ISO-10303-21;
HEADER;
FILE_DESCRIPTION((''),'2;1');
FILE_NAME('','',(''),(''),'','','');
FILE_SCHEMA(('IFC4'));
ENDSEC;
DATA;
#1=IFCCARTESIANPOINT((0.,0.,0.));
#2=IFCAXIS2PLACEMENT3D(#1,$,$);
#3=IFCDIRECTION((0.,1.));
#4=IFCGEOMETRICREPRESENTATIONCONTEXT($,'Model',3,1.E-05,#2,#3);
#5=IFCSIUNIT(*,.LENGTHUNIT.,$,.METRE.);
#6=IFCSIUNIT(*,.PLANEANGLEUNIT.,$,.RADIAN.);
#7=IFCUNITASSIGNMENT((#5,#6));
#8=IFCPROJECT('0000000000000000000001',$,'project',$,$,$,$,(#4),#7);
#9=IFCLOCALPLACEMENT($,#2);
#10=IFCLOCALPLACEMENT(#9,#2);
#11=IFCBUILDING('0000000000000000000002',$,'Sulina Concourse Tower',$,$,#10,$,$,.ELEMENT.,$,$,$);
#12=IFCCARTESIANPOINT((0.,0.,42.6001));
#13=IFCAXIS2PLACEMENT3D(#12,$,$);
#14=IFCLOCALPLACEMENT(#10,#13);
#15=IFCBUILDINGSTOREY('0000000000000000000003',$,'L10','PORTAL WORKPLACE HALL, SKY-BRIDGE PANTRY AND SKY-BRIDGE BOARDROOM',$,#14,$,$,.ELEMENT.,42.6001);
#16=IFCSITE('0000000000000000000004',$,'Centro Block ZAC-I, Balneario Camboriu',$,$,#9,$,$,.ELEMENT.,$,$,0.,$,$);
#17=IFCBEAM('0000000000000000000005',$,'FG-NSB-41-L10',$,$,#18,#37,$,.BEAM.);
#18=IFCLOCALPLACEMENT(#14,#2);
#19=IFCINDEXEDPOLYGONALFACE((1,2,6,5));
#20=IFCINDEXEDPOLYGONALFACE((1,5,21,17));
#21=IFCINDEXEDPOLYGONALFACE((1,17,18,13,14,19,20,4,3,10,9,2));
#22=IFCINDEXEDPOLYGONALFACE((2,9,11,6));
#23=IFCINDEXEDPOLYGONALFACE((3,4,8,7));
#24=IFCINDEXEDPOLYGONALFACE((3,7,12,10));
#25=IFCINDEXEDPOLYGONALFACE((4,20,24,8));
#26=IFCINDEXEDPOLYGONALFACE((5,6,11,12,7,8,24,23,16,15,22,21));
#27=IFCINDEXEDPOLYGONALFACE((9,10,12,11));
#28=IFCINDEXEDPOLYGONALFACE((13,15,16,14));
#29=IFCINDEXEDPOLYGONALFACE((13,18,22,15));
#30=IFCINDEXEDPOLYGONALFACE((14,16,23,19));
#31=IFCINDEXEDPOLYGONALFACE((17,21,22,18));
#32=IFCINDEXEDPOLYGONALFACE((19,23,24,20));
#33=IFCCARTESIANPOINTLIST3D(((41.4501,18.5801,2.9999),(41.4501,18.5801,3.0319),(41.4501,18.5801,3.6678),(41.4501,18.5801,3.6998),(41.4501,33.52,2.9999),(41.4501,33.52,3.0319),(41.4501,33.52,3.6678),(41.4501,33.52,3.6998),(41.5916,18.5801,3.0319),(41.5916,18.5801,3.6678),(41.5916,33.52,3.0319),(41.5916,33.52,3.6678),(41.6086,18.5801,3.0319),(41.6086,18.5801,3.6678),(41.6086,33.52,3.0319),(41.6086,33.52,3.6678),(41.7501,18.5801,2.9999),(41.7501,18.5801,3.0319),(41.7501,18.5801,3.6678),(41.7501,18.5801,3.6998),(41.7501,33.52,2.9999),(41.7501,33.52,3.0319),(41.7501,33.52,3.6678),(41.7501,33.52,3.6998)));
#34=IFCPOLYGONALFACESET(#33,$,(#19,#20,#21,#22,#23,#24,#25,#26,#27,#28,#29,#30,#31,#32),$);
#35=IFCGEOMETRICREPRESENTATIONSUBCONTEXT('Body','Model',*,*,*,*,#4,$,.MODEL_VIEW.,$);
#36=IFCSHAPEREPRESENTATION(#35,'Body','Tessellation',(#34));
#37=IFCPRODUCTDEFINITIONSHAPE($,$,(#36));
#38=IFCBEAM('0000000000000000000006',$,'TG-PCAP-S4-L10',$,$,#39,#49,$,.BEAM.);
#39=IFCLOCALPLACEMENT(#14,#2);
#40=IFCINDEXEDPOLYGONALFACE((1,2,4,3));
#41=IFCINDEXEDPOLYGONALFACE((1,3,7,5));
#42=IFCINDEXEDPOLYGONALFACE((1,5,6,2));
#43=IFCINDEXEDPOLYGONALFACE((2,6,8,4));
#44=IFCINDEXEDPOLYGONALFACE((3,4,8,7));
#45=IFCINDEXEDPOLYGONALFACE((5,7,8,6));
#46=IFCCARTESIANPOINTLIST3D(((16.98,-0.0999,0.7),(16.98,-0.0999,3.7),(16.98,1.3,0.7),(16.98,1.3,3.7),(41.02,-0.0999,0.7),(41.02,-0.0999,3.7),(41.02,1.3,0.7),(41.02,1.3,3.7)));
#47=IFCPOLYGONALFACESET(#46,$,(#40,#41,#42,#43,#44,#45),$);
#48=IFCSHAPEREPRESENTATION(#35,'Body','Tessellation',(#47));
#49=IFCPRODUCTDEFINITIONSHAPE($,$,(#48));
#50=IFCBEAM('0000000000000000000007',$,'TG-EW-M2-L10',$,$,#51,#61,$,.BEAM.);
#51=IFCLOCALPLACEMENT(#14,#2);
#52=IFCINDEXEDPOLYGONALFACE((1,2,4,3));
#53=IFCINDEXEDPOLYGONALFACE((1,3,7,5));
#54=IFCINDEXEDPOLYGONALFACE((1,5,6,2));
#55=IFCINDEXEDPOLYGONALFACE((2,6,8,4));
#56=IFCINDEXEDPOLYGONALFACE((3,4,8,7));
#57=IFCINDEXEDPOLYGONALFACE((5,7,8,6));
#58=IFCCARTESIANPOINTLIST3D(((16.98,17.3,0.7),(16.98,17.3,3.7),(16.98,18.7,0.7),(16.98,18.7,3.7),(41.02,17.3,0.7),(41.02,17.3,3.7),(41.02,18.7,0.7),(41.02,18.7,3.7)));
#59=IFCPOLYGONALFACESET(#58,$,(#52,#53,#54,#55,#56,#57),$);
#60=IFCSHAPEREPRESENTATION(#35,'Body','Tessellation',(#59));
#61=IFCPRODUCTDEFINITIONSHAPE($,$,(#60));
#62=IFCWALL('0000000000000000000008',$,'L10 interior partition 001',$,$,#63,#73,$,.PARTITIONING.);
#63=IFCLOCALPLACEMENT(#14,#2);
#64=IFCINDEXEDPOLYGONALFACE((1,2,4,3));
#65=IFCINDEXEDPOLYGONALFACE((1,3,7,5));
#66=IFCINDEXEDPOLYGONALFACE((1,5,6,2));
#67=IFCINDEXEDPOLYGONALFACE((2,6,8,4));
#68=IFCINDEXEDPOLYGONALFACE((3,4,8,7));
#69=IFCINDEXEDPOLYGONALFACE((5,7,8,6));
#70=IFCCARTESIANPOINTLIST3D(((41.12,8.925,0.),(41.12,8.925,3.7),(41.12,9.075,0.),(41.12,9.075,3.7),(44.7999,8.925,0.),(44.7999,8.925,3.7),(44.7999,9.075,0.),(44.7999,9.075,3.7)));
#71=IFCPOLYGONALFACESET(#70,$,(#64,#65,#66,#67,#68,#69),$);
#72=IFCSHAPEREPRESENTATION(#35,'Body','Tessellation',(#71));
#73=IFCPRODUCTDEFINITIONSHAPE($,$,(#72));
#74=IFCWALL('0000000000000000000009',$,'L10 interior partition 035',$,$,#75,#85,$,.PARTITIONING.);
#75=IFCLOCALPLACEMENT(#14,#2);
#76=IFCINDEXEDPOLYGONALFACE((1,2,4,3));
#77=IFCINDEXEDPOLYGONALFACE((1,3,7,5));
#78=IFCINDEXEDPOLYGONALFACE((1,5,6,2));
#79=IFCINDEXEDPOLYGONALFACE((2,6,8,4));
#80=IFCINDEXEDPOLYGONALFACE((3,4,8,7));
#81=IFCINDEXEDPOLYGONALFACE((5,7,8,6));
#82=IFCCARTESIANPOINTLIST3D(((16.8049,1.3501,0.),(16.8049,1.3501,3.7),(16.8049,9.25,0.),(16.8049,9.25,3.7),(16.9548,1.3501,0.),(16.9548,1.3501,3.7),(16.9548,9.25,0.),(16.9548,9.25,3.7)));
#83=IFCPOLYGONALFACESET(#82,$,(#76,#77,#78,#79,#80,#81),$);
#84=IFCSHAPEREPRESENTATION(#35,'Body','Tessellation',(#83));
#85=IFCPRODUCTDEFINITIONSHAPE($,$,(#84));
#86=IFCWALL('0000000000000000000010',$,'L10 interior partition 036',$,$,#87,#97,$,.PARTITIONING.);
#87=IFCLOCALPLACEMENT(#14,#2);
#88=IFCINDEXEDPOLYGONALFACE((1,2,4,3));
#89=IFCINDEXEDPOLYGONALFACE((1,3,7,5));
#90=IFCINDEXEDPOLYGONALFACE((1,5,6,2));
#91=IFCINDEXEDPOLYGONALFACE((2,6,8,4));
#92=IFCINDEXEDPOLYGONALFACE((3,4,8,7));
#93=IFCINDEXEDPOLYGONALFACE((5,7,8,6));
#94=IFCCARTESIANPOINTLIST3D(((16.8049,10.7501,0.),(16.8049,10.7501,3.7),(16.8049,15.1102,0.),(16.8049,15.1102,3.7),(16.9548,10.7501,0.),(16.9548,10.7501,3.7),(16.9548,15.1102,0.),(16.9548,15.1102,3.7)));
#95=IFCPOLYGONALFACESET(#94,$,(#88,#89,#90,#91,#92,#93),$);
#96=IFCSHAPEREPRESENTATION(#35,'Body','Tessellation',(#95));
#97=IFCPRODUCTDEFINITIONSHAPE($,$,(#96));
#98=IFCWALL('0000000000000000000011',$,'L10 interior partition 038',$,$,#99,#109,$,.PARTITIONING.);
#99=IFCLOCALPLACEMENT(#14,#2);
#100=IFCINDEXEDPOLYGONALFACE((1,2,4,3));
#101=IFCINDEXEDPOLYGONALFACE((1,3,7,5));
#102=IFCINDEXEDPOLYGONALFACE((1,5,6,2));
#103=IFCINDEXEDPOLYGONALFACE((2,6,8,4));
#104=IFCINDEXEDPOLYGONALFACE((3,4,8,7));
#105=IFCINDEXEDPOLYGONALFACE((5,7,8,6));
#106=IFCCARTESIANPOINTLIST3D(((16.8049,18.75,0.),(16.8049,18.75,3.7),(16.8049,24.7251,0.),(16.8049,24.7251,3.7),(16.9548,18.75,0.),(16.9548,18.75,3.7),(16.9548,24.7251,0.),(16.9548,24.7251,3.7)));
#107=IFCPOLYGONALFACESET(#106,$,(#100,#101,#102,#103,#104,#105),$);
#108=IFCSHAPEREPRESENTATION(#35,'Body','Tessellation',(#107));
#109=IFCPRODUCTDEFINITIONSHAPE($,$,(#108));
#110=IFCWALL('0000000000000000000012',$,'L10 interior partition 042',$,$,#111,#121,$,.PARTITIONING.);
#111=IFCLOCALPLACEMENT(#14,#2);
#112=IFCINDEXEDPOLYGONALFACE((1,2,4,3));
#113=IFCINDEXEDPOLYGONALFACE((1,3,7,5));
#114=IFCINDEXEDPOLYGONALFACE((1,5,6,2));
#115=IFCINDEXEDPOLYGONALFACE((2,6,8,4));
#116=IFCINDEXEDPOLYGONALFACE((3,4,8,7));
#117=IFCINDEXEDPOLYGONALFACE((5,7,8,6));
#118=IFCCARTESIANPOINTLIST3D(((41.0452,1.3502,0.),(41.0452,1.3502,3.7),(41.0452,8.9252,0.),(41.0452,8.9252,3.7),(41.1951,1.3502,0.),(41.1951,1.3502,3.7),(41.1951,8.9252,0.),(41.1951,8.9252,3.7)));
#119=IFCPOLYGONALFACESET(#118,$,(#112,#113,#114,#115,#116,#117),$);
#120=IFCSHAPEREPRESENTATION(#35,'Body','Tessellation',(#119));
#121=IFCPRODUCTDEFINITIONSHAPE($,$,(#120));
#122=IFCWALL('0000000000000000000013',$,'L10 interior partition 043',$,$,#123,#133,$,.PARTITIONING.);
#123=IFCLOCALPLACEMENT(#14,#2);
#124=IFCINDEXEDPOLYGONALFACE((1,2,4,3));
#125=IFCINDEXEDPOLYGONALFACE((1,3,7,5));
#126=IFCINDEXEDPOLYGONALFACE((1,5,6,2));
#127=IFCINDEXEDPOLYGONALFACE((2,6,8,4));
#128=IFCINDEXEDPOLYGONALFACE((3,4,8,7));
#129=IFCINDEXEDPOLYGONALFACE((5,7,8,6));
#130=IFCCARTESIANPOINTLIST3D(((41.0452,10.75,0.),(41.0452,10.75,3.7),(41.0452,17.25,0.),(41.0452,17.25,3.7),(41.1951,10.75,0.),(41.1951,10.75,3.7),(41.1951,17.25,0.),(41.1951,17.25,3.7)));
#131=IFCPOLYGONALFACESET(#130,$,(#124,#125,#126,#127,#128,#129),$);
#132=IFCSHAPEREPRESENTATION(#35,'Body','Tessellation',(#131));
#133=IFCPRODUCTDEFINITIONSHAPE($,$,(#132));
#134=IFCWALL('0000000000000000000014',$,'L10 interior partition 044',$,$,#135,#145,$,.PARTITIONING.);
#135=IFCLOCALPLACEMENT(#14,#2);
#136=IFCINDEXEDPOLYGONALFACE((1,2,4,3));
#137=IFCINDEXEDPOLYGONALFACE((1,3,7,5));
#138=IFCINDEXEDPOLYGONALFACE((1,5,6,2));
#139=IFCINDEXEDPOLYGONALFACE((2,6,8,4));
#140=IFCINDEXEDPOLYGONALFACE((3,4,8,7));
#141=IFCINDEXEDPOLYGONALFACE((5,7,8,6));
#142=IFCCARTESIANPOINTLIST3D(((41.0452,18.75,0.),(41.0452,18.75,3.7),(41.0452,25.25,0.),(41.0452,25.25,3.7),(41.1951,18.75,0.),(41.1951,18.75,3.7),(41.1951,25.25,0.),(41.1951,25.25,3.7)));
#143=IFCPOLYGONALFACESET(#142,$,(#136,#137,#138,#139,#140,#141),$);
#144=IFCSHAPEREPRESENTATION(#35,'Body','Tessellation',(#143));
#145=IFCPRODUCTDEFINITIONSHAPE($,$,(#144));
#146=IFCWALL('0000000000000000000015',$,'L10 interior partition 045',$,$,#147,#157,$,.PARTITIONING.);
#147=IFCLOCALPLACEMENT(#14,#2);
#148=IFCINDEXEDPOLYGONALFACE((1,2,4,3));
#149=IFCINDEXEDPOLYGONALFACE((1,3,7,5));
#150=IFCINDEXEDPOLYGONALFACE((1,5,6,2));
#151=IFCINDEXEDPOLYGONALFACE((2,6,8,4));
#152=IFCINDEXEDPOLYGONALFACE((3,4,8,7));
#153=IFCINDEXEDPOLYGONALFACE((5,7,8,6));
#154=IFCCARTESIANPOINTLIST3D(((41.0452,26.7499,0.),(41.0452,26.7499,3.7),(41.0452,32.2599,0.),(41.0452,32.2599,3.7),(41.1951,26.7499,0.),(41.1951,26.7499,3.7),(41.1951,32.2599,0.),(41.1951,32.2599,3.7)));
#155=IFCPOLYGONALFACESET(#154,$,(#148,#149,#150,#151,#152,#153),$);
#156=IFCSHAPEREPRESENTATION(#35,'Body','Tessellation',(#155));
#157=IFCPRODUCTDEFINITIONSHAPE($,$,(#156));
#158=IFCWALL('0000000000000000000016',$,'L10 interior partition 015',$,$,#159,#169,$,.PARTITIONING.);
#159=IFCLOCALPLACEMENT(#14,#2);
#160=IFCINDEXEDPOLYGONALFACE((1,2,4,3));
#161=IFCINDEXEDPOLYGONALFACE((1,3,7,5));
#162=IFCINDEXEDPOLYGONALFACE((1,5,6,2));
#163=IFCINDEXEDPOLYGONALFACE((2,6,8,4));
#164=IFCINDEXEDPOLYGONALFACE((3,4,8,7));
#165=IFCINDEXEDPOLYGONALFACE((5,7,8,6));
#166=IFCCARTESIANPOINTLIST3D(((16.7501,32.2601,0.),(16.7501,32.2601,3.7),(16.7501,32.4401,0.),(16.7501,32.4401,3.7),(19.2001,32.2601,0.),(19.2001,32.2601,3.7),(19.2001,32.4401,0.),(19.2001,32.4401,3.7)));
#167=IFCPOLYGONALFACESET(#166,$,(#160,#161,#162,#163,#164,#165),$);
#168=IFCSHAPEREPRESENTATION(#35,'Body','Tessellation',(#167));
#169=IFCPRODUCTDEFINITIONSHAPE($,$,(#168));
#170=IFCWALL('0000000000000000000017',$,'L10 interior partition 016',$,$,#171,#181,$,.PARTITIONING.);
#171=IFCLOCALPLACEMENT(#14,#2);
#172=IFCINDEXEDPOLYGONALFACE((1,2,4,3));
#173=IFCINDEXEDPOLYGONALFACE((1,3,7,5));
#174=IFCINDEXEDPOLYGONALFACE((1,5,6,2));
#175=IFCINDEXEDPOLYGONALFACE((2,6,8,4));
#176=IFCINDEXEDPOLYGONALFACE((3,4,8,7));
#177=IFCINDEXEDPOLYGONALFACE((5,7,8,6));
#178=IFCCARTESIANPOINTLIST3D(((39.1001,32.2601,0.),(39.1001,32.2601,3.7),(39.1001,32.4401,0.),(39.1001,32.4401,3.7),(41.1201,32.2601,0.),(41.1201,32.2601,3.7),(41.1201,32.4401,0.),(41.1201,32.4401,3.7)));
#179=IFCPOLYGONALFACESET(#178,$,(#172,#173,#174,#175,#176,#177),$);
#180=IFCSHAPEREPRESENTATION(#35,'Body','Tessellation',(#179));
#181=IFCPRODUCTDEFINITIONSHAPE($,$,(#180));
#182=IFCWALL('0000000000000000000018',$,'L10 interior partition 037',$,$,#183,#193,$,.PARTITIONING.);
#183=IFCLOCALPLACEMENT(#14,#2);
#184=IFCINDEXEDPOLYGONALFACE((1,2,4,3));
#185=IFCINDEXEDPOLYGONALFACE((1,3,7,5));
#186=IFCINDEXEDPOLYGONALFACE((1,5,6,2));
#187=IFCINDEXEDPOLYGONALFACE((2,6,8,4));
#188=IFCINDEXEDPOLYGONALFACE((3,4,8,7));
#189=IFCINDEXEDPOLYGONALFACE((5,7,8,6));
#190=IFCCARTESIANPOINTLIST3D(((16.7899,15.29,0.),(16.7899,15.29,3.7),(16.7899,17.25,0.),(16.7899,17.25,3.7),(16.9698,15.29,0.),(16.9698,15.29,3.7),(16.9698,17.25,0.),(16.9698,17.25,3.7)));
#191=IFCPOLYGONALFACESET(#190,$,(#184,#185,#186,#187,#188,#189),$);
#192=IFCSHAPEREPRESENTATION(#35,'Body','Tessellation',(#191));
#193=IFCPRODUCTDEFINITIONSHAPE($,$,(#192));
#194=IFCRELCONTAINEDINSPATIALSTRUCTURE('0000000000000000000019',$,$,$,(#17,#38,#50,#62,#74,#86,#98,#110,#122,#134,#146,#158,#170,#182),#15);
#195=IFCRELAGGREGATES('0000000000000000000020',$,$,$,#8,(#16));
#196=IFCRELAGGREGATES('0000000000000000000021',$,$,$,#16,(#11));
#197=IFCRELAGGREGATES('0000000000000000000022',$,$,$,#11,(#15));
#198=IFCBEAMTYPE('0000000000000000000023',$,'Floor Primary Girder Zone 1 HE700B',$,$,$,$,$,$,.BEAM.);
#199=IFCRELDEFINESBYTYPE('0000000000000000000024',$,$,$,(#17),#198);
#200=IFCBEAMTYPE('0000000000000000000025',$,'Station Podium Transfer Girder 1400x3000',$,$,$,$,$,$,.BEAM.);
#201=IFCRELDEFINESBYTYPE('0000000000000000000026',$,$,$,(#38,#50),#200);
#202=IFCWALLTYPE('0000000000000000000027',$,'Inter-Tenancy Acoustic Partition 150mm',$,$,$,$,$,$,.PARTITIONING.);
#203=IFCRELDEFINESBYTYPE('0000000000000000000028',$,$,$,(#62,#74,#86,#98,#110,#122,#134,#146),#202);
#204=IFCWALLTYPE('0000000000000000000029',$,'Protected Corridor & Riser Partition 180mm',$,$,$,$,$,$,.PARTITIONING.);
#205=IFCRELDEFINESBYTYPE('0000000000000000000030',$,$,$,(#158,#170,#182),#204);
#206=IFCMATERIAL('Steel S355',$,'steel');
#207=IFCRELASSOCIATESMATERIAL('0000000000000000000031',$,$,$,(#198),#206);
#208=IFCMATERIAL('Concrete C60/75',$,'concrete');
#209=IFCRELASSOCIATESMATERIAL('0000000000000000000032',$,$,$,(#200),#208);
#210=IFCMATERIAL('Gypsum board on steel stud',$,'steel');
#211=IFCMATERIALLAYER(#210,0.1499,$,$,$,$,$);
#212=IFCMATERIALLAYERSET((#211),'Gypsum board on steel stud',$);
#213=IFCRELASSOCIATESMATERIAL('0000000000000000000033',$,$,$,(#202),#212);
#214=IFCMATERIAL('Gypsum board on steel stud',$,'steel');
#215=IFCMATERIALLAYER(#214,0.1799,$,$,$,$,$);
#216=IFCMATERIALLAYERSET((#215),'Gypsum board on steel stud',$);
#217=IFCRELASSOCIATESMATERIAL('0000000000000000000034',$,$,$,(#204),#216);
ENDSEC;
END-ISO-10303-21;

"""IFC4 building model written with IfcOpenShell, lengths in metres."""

from ifc_helpers import new_model, si_unit, direction, frame, frame_2d, origin, origin_2d, place, context, subcontext, project, spatial, rectangle, i_section, extrude, material, layer, layer_set, material_profile, profile_set, type_object, element, save


model = new_model("IFC4")

# Units and contexts
model_context = context("Model", 3, precision=1e-05, world=origin(), true_north=direction((0.0, 1.0)))
body_context = subcontext(model_context, "Body", "Model", "MODEL_VIEW")
ifc_project = project(units=[si_unit("LENGTHUNIT", "METRE"), si_unit("PLANEANGLEUNIT", "RADIAN")], contexts=[model_context])

# Site, building, storey
site_placement = place(None, origin())
site = spatial("IfcSite", under=ifc_project, at=site_placement, Name="Centro Block ZAC-I, Balneario Camboriu", CompositionType="ELEMENT", RefElevation=0.0)
building_placement = place(site_placement, origin())
building = spatial("IfcBuilding", under=site, at=building_placement, Name="Sulina Concourse Tower", CompositionType="ELEMENT")
storey_placement = place(building_placement, frame((0.0, 0.0, 42.6001)))
storey = spatial("IfcBuildingStorey", under=building, at=storey_placement, Name="L10", Description="PORTAL WORKPLACE HALL, SKY-BRIDGE PANTRY AND SKY-BRIDGE BOARDROOM", CompositionType="ELEMENT", Elevation=42.6001)

# Beams
ifc_material_1 = material(Name="Steel S355", Category="steel")
ifc_material_profile_1 = material_profile(ifc_material_1, i_section(OverallWidth=0.3, OverallDepth=0.7, WebThickness=0.0171, FlangeThickness=0.032, at=origin_2d()), Name="HE 700 B")
ifc_profile_set_1 = profile_set([ifc_material_profile_1], Name="Steel S355")
beam_type_1 = type_object("IfcBeamType", Name="Floor Primary Girder Zone 1 HE700B", PredefinedType="BEAM", material=ifc_profile_set_1)
beam_1_placement = place(storey_placement, frame((41.6001, 18.5801, 3.3499), z_axis=(0.0, 1.0, 0.0), x_axis=(-1.0, 0.0, 0.0)))
element("IfcBeam", 1, at=beam_1_placement, inside=storey, type_object=beam_type_1, Name="FG-NSB-41-L10", PredefinedType="BEAM", context=body_context, shape_type="SweptSolid", body=[
    extrude(i_section(OverallWidth=0.3, OverallDepth=0.7, WebThickness=0.0171, FlangeThickness=0.032, at=origin_2d()), origin(), (0.0, 0.0, 1.0), 14.9399),
])
ifc_material_2 = material(Name="Concrete C60/75", Category="concrete")
ifc_material_profile_2 = material_profile(ifc_material_2, rectangle(XDim=1.3999, YDim=3.0, at=origin_2d()), Name="RC 1400x3000")
ifc_profile_set_2 = profile_set([ifc_material_profile_2], Name="Concrete C60/75")
beam_type_2 = type_object("IfcBeamType", Name="Station Podium Transfer Girder 1400x3000", PredefinedType="BEAM", material=ifc_profile_set_2)
for number, where, z_axis, x_axis, name in (
    (2, (16.98, 0.6001, 2.2), (1.0, 0.0, 0.0), (0.0, 1.0, 0.0), "TG-PCAP-S4-L10"),
    (3, (16.98, 18.0, 2.2), (1.0, 0.0, 0.0), (0.0, 1.0, 0.0), "TG-EW-M2-L10"),
):
    element("IfcBeam", number, at=place(storey_placement, frame(where, z_axis=z_axis, x_axis=x_axis)), inside=storey, type_object=beam_type_2, Name=name, PredefinedType="BEAM", context=body_context, shape_type="SweptSolid", body=[
        extrude(rectangle(XDim=1.3999, YDim=3.0, at=origin_2d()), origin(), (0.0, 0.0, 1.0), 24.04),
    ])

# Walls
ifc_material_3 = material(Name="Gypsum board on steel stud", Category="steel")
ifc_layer_1 = layer(ifc_material_3, 0.1499)
ifc_layer_set_1 = layer_set([ifc_layer_1], Name="Gypsum board on steel stud")
wall_type_1 = type_object("IfcWallType", Name="Inter-Tenancy Acoustic Partition 150mm", PredefinedType="PARTITIONING", material=ifc_layer_set_1)
wall_1_placement = place(storey_placement, frame((41.1201, 9.0, 0.0), z_axis=(0.0, 0.0, 1.0), x_axis=(1.0, 0.0, 0.0)))
element("IfcWall", 4, at=wall_1_placement, inside=storey, type_object=wall_type_1, Name="L10 interior partition 001", PredefinedType="PARTITIONING", context=body_context, shape_type="SweptSolid", body=[
    extrude(rectangle(XDim=3.6799, YDim=0.1499, at=frame_2d((1.8398, 0.0))), origin(), (0.0, 0.0, 1.0), 3.7),
])
wall_2_placement = place(storey_placement, frame((16.8799, 1.3501, 0.0), z_axis=(0.0, 0.0, 1.0), x_axis=(0.0, 1.0, 0.0)))
element("IfcWall", 5, at=wall_2_placement, inside=storey, type_object=wall_type_1, Name="L10 interior partition 035", PredefinedType="PARTITIONING", context=body_context, shape_type="SweptSolid", body=[
    extrude(rectangle(XDim=7.8999, YDim=0.1499, at=frame_2d((3.95, 0.0))), origin(), (0.0, 0.0, 1.0), 3.7),
])
wall_3_placement = place(storey_placement, frame((16.8799, 10.75, 0.0), z_axis=(0.0, 0.0, 1.0), x_axis=(0.0, 1.0, 0.0)))
element("IfcWall", 6, at=wall_3_placement, inside=storey, type_object=wall_type_1, Name="L10 interior partition 036", PredefinedType="PARTITIONING", context=body_context, shape_type="SweptSolid", body=[
    extrude(rectangle(XDim=4.3601, YDim=0.1499, at=frame_2d((2.1802, 0.0))), origin(), (0.0, 0.0, 1.0), 3.7),
])
wall_4_placement = place(storey_placement, frame((16.8799, 18.75, 0.0), z_axis=(0.0, 0.0, 1.0), x_axis=(0.0, 1.0, 0.0)))
element("IfcWall", 7, at=wall_4_placement, inside=storey, type_object=wall_type_1, Name="L10 interior partition 038", PredefinedType="PARTITIONING", context=body_context, shape_type="SweptSolid", body=[
    extrude(rectangle(XDim=5.9751, YDim=0.1499, at=frame_2d((2.9875, 0.0))), origin(), (0.0, 0.0, 1.0), 3.7),
])
wall_5_placement = place(storey_placement, frame((41.1201, 1.3501, 0.0), z_axis=(0.0, 0.0, 1.0), x_axis=(0.0, 1.0, 0.0)))
element("IfcWall", 8, at=wall_5_placement, inside=storey, type_object=wall_type_1, Name="L10 interior partition 042", PredefinedType="PARTITIONING", context=body_context, shape_type="SweptSolid", body=[
    extrude(rectangle(XDim=7.575, YDim=0.1499, at=frame_2d((3.7876, 0.0))), origin(), (0.0, 0.0, 1.0), 3.7),
])
for number, where, z_axis, x_axis, name in (
    (9, (41.1201, 10.75, 0.0), (0.0, 0.0, 1.0), (0.0, 1.0, 0.0), "L10 interior partition 043"),
    (10, (41.1201, 18.75, 0.0), (0.0, 0.0, 1.0), (0.0, 1.0, 0.0), "L10 interior partition 044"),
):
    element("IfcWall", number, at=place(storey_placement, frame(where, z_axis=z_axis, x_axis=x_axis)), inside=storey, type_object=wall_type_1, Name=name, PredefinedType="PARTITIONING", context=body_context, shape_type="SweptSolid", body=[
        extrude(rectangle(XDim=6.5, YDim=0.1499, at=frame_2d((3.25, 0.0))), origin(), (0.0, 0.0, 1.0), 3.7),
    ])
wall_6_placement = place(storey_placement, frame((41.1201, 26.75, 0.0), z_axis=(0.0, 0.0, 1.0), x_axis=(0.0, 1.0, 0.0)))
element("IfcWall", 11, at=wall_6_placement, inside=storey, type_object=wall_type_1, Name="L10 interior partition 045", PredefinedType="PARTITIONING", context=body_context, shape_type="SweptSolid", body=[
    extrude(rectangle(XDim=5.51, YDim=0.1499, at=frame_2d((2.7549, 0.0))), origin(), (0.0, 0.0, 1.0), 3.7),
])
ifc_material_4 = material(Name="Gypsum board on steel stud", Category="steel")
ifc_layer_2 = layer(ifc_material_4, 0.1799)
ifc_layer_set_2 = layer_set([ifc_layer_2], Name="Gypsum board on steel stud")
wall_type_2 = type_object("IfcWallType", Name="Protected Corridor & Riser Partition 180mm", PredefinedType="PARTITIONING", material=ifc_layer_set_2)
wall_7_placement = place(storey_placement, frame((16.75, 32.3501, 0.0), z_axis=(0.0, 0.0, 1.0), x_axis=(1.0, 0.0, 0.0)))
element("IfcWall", 12, at=wall_7_placement, inside=storey, type_object=wall_type_2, Name="L10 interior partition 015", PredefinedType="PARTITIONING", context=body_context, shape_type="SweptSolid", body=[
    extrude(rectangle(XDim=2.45, YDim=0.1799, at=frame_2d((1.2251, 0.0))), origin(), (0.0, 0.0, 1.0), 3.7),
])
wall_8_placement = place(storey_placement, frame((39.1001, 32.3501, 0.0), z_axis=(0.0, 0.0, 1.0), x_axis=(1.0, 0.0, 0.0)))
element("IfcWall", 13, at=wall_8_placement, inside=storey, type_object=wall_type_2, Name="L10 interior partition 016", PredefinedType="PARTITIONING", context=body_context, shape_type="SweptSolid", body=[
    extrude(rectangle(XDim=2.02, YDim=0.1799, at=frame_2d((1.01, 0.0))), origin(), (0.0, 0.0, 1.0), 3.7),
])
wall_9_placement = place(storey_placement, frame((16.8799, 15.29, 0.0), z_axis=(0.0, 0.0, 1.0), x_axis=(0.0, 1.0, 0.0)))
element("IfcWall", 14, at=wall_9_placement, inside=storey, type_object=wall_type_2, Name="L10 interior partition 037", PredefinedType="PARTITIONING", context=body_context, shape_type="SweptSolid", body=[
    extrude(rectangle(XDim=1.96, YDim=0.1799, at=frame_2d((0.98, 0.0))), origin(), (0.0, 0.0, 1.0), 3.7),
])

save(model, "model.ifc")
